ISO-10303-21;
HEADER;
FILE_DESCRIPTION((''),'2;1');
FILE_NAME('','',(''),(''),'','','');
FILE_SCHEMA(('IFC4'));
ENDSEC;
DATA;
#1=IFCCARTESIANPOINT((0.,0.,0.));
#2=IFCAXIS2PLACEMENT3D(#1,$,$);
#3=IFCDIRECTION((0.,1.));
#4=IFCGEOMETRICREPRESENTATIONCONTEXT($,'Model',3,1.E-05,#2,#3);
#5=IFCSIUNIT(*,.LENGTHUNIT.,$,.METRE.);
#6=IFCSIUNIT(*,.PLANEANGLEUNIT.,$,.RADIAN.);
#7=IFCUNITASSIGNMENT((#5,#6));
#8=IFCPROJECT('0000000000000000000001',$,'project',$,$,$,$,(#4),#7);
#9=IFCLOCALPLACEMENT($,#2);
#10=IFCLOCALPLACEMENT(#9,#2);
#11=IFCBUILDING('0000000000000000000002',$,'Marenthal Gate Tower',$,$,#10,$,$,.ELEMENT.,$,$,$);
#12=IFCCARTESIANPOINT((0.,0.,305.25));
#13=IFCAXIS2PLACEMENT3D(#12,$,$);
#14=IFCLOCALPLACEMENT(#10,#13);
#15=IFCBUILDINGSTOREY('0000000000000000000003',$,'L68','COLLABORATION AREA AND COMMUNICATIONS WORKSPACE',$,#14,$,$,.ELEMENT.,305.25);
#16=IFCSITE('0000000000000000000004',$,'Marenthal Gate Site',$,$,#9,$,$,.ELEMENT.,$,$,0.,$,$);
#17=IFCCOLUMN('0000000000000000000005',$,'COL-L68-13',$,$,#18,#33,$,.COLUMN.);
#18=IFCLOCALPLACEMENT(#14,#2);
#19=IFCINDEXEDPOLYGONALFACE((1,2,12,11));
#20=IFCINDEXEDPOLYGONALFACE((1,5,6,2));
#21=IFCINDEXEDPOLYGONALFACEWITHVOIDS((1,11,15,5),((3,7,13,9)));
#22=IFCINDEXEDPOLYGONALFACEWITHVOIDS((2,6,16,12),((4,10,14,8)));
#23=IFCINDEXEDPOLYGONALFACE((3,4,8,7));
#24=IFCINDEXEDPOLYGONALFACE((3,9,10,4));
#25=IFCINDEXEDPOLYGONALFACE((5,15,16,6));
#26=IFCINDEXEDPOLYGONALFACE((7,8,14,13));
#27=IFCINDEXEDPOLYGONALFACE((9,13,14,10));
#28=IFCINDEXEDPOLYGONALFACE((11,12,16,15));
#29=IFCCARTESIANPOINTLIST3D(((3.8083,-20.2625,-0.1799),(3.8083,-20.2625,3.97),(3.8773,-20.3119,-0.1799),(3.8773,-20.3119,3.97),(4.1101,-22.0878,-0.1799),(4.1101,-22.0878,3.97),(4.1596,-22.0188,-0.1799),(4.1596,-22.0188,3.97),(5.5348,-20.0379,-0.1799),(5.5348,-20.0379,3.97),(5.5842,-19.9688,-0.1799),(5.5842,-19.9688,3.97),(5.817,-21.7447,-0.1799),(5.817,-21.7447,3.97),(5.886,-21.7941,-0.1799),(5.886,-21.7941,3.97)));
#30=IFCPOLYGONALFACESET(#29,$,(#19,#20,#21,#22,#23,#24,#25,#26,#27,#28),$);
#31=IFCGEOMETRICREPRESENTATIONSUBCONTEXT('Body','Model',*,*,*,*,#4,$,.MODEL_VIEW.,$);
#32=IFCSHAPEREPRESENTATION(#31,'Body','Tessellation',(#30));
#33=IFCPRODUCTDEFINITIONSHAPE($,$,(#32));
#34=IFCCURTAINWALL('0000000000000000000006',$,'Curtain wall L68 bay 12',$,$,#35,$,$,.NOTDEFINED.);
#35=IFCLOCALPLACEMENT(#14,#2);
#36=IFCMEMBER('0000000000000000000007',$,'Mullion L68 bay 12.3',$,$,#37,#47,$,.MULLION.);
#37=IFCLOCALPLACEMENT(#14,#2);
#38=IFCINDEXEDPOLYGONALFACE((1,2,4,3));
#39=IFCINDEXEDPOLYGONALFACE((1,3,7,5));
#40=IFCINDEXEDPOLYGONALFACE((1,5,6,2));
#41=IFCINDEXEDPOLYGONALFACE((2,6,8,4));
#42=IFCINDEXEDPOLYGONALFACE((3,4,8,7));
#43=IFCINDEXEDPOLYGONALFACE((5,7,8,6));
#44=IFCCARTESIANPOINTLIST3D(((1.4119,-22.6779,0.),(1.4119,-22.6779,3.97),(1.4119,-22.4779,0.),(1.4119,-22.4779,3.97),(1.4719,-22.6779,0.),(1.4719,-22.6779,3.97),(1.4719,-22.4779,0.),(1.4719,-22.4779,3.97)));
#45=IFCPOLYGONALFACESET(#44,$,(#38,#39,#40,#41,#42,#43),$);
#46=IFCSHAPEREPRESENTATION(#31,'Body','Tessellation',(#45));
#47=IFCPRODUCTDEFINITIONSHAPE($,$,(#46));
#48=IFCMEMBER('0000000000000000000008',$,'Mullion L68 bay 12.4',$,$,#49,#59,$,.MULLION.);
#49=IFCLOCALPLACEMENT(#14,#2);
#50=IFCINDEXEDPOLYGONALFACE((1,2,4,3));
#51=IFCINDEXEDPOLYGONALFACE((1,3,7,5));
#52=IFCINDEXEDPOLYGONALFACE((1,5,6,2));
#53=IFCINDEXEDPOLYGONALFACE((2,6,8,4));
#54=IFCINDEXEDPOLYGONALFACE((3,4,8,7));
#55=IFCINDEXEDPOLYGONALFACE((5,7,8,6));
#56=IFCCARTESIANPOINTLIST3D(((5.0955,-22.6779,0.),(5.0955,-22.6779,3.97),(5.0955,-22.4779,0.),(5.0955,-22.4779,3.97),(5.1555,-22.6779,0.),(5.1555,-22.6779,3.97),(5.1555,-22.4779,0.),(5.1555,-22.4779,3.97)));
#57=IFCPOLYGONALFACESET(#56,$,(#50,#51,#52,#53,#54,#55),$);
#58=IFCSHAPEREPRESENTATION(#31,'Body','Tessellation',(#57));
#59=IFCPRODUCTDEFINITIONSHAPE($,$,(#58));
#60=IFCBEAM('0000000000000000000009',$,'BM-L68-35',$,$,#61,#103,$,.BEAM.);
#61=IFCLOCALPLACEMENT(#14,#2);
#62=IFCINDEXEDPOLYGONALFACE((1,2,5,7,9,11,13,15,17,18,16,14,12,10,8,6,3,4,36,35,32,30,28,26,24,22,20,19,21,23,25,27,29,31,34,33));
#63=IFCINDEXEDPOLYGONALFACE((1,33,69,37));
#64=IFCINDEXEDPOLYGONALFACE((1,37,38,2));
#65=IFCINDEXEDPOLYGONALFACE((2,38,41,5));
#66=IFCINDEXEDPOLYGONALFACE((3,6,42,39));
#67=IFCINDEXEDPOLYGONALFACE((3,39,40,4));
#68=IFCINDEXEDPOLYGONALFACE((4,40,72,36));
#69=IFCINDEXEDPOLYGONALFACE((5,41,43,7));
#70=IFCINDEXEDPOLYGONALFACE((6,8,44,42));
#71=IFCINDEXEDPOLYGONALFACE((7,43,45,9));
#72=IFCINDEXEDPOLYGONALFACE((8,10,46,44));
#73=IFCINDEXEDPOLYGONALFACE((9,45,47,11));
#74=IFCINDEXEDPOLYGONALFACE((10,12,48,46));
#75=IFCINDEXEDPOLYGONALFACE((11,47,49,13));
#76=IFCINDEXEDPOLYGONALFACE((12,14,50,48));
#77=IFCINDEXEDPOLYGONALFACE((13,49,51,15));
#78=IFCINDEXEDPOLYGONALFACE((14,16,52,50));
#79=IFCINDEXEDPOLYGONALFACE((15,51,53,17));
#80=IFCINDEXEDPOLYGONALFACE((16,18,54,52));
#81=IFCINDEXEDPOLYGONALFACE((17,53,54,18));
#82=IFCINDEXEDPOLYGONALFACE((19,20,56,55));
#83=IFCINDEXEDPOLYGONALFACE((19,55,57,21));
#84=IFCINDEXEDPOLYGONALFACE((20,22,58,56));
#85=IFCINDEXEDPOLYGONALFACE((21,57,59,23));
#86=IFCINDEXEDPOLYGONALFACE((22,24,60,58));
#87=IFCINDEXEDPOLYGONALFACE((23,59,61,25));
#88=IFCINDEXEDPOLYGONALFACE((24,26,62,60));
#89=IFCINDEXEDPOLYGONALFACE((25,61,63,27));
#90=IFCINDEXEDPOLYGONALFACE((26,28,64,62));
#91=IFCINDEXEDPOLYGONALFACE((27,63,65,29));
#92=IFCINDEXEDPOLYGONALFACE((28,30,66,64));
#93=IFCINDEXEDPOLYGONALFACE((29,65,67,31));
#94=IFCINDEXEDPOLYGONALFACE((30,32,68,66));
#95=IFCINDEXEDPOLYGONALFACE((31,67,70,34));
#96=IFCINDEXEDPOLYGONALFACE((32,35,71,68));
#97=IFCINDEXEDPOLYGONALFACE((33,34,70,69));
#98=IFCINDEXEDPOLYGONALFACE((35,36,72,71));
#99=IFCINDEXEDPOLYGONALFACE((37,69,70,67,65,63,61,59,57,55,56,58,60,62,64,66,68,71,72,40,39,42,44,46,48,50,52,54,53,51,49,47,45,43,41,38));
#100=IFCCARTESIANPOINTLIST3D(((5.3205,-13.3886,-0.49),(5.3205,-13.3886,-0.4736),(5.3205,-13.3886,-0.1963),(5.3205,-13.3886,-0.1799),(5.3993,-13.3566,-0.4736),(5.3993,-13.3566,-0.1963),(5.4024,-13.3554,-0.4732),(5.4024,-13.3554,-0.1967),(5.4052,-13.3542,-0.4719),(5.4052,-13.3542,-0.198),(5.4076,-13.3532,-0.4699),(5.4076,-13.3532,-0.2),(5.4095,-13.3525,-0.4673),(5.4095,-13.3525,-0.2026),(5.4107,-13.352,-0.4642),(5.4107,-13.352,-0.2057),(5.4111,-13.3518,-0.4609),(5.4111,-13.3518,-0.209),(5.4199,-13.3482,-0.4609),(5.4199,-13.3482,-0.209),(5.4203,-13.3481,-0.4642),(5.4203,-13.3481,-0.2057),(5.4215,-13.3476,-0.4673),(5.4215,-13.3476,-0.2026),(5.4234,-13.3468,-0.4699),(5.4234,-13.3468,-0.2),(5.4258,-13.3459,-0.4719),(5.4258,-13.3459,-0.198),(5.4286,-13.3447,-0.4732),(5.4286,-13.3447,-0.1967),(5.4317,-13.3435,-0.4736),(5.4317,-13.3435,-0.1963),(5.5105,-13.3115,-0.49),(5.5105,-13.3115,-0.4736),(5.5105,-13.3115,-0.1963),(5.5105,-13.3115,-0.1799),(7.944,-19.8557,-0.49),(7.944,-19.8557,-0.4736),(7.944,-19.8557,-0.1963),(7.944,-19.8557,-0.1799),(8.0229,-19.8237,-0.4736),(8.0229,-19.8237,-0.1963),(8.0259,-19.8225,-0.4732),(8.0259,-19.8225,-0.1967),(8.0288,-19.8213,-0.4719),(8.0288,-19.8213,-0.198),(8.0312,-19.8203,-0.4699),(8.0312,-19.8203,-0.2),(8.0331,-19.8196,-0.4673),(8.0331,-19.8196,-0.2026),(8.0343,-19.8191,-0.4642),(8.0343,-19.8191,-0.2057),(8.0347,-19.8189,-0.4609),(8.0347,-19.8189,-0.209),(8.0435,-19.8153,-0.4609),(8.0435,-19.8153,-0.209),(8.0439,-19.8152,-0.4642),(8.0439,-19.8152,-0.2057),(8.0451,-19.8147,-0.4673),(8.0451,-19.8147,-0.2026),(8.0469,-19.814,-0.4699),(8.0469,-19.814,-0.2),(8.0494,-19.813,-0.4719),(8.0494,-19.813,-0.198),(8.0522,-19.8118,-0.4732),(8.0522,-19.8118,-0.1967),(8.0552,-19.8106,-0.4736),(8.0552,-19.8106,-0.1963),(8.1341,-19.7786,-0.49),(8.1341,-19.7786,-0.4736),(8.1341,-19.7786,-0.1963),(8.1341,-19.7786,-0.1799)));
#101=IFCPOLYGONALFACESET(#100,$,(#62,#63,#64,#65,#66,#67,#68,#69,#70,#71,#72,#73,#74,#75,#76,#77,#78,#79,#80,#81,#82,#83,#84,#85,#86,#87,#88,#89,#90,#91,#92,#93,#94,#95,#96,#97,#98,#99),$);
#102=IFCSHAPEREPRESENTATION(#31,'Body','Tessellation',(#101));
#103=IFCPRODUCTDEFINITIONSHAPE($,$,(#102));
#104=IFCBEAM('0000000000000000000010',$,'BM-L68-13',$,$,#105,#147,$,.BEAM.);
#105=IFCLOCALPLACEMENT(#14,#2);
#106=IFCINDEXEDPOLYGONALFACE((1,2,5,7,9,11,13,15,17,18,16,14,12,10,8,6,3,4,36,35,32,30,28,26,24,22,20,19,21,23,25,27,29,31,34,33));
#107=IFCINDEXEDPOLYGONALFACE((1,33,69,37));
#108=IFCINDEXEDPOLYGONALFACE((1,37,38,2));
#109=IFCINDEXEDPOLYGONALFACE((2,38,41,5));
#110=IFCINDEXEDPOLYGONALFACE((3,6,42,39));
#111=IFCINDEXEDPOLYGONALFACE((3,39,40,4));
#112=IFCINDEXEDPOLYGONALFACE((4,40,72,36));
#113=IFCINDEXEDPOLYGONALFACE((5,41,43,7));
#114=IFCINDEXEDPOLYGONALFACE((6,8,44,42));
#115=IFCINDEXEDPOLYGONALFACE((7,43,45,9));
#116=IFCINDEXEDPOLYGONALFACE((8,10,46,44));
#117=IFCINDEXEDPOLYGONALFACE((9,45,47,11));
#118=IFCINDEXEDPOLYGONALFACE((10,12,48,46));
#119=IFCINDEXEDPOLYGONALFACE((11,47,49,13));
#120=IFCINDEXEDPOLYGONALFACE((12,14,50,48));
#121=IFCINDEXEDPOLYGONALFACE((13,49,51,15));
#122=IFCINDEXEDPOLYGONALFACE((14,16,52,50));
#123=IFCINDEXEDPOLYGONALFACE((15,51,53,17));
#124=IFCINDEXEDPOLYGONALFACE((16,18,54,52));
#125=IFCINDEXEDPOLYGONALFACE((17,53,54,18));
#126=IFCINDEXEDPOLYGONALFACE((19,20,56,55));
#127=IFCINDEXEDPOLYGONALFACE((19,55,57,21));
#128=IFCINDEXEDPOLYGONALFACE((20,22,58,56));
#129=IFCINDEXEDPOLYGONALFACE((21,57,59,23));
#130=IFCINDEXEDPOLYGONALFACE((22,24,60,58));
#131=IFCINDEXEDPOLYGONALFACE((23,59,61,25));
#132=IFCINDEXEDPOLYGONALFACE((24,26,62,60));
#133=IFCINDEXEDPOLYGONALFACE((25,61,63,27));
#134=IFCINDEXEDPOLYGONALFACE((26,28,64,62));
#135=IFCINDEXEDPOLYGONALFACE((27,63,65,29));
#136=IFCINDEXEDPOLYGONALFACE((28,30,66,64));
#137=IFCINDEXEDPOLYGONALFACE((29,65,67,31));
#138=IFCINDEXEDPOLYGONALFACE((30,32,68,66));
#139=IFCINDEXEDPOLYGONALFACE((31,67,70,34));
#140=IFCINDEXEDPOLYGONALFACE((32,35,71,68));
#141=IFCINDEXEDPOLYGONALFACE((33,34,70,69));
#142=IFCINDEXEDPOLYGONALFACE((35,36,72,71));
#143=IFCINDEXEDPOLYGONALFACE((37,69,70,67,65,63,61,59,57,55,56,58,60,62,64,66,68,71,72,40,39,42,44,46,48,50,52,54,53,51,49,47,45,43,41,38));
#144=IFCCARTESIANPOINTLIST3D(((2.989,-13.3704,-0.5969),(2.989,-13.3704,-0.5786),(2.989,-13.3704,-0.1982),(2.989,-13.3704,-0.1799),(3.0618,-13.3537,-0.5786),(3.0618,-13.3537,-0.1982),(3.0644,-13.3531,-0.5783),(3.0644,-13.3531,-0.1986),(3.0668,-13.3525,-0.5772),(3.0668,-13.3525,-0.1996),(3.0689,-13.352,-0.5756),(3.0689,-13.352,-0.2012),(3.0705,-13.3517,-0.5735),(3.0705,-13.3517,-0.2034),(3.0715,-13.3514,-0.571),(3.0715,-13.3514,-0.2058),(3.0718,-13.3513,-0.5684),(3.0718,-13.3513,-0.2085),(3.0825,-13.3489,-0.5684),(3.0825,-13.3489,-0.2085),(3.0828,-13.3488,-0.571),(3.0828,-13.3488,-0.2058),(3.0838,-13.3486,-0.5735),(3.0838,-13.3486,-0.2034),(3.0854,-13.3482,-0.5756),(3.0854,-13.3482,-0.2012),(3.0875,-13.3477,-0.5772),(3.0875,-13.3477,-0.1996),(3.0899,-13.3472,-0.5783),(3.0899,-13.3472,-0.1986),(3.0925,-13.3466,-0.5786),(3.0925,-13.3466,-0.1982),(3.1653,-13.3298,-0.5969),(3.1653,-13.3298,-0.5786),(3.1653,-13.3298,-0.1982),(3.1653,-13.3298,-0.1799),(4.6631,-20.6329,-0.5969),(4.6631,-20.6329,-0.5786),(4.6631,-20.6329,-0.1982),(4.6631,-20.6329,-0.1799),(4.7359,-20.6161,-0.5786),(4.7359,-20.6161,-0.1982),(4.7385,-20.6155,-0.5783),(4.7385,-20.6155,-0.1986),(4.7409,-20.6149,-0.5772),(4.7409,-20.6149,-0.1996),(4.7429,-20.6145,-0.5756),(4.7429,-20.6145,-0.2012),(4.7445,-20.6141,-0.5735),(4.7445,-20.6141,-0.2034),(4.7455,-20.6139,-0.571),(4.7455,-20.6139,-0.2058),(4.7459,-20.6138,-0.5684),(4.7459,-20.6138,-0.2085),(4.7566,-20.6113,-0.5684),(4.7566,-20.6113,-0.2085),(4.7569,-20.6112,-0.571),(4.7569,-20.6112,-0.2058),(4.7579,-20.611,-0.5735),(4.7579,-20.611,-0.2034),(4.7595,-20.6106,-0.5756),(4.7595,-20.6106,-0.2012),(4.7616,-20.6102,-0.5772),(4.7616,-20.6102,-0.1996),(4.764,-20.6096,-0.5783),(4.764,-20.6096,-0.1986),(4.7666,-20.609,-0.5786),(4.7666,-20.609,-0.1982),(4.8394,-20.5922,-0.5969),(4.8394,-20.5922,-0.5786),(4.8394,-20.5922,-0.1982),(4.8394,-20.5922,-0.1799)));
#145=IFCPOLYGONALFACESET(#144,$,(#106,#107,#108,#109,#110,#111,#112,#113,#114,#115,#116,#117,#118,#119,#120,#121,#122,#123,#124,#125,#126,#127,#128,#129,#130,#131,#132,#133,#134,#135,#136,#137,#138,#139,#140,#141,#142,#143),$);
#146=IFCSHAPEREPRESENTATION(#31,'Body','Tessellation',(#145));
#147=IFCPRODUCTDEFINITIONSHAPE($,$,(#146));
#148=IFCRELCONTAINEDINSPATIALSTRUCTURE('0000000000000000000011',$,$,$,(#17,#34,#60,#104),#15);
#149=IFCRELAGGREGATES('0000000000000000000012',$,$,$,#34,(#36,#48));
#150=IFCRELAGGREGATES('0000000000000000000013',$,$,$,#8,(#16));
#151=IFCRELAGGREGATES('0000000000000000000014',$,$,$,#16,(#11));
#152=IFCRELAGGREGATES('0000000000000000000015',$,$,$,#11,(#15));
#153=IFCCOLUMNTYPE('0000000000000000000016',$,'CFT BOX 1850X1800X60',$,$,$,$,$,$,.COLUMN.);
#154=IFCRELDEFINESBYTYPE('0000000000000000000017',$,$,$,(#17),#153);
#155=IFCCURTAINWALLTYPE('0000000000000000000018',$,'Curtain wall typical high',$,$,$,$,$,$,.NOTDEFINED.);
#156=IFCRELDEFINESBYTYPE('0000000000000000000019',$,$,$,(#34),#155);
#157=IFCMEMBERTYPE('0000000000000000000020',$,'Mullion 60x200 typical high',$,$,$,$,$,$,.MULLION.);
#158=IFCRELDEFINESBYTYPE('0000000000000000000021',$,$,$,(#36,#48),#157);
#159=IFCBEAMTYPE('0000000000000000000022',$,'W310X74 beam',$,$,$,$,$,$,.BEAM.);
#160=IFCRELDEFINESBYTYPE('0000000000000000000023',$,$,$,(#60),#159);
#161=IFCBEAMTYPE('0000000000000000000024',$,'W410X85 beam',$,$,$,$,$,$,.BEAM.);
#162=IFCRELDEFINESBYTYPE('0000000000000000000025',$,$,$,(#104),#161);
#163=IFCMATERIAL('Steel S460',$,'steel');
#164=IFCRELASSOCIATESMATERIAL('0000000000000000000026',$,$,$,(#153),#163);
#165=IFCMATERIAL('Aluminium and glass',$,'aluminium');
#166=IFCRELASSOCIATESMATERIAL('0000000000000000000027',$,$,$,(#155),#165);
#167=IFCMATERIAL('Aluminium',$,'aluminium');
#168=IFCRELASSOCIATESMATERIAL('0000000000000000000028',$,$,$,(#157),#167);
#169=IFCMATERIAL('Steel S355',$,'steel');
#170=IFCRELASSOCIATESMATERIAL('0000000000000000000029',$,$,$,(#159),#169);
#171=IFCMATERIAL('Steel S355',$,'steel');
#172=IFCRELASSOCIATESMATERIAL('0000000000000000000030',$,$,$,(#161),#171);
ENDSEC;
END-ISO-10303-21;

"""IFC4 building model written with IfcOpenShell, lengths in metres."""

from ifc_helpers import new_model, si_unit, direction, frame, origin, origin_2d, place, context, subcontext, project, spatial, rectangle, hollow_rectangle, i_section, extrude, material, material_profile, profile_set, type_object, element, aggregate, save


model = new_model("IFC4")

# Units and contexts
model_context = context("Model", 3, precision=1e-05, world=origin(), true_north=direction((0.0, 1.0)))
body_context = subcontext(model_context, "Body", "Model", "MODEL_VIEW")
ifc_project = project(units=[si_unit("LENGTHUNIT", "METRE"), si_unit("PLANEANGLEUNIT", "RADIAN")], contexts=[model_context])

# Site, building, storey
site_placement = place(None, origin())
site = spatial("IfcSite", under=ifc_project, at=site_placement, Name="Marenthal Gate Site", CompositionType="ELEMENT", RefElevation=0.0)
building_placement = place(site_placement, origin())
building = spatial("IfcBuilding", under=site, at=building_placement, Name="Marenthal Gate Tower", CompositionType="ELEMENT")
storey_placement = place(building_placement, frame((0.0, 0.0, 305.25)))
storey = spatial("IfcBuildingStorey", under=building, at=storey_placement, Name="L68", Description="COLLABORATION AREA AND COMMUNICATIONS WORKSPACE", CompositionType="ELEMENT", Elevation=305.25)

# Column
ifc_material_1 = material(Name="Steel S460", Category="steel")
ifc_material_profile_1 = material_profile(ifc_material_1, hollow_rectangle(XDim=1.8, YDim=1.8501, WallThickness=0.0601, at=origin_2d()), Name="CFT BOX 1850X1800X60")
ifc_material_2 = material(Name="Concrete 70 MPa", Category="concrete")
ifc_material_profile_2 = material_profile(ifc_material_2, rectangle(XDim=1.6799, YDim=1.73, at=origin_2d()), Name="CFT BOX 1850X1800X60 INFILL")
ifc_profile_set_1 = profile_set([ifc_material_profile_1, ifc_material_profile_2], Name="Steel S460 shell, Concrete 70 MPa infill")
column_type = type_object("IfcColumnType", Name="CFT BOX 1850X1800X60", PredefinedType="COLUMN", material=ifc_profile_set_1)
column_placement = place(storey_placement, frame((4.8472, -21.0283, -0.1799), z_axis=(0.0, 0.0, 1.0), x_axis=(-0.986603, -0.163137, 0.0)))
element("IfcColumn", 1, at=column_placement, inside=storey, type_object=column_type, Name="COL-L68-13", PredefinedType="COLUMN", context=body_context, shape_type="SweptSolid", body=[
    extrude(hollow_rectangle(XDim=1.8, YDim=1.8501, WallThickness=0.0601, at=origin_2d()), origin(), (0.0, 0.0, 1.0), 4.1499),
])

# Curtain wall, members
ifc_material_3 = material(Name="Aluminium and glass", Category="aluminium")
curtain_wall_type = type_object("IfcCurtainWallType", Name="Curtain wall typical high", PredefinedType="NOTDEFINED", material=ifc_material_3)
curtain_wall_placement = place(storey_placement, origin())
curtain_wall = element("IfcCurtainWall", 2, at=curtain_wall_placement, inside=storey, type_object=curtain_wall_type, Name="Curtain wall L68 bay 12", PredefinedType="NOTDEFINED")
ifc_material_4 = material(Name="Aluminium", Category="aluminium")
ifc_material_profile_3 = material_profile(ifc_material_4, rectangle(XDim=0.2, YDim=0.0601, at=origin_2d()), Name="60x200 aluminium mullion")
ifc_profile_set_2 = profile_set([ifc_material_profile_3], Name="Aluminium")
member_type = type_object("IfcMemberType", Name="Mullion 60x200 typical high", PredefinedType="MULLION", material=ifc_profile_set_2)
member_1_placement = place(storey_placement, frame((1.4419, -22.5779, 0.0), z_axis=(0.0, 0.0, 1.0), x_axis=(0.0, 1.0, 0.0)))
member_1 = element("IfcMember", 3, at=member_1_placement, type_object=member_type, Name="Mullion L68 bay 12.3", PredefinedType="MULLION", context=body_context, shape_type="SweptSolid", body=[
    extrude(rectangle(XDim=0.2, YDim=0.0601, at=origin_2d()), origin(), (0.0, 0.0, 1.0), 3.97),
])
member_2_placement = place(storey_placement, frame((5.1255, -22.5779, 0.0), z_axis=(0.0, 0.0, 1.0), x_axis=(0.0, 1.0, 0.0)))
member_2 = element("IfcMember", 4, at=member_2_placement, type_object=member_type, Name="Mullion L68 bay 12.4", PredefinedType="MULLION", context=body_context, shape_type="SweptSolid", body=[
    extrude(rectangle(XDim=0.2, YDim=0.0601, at=origin_2d()), origin(), (0.0, 0.0, 1.0), 3.97),
])

# Beams
ifc_material_5 = material(Name="Steel S355", Category="steel")
ifc_material_profile_4 = material_profile(ifc_material_5, i_section(OverallWidth=0.2051, OverallDepth=0.3101, WebThickness=0.0095, FlangeThickness=0.0164, FilletRadius=0.0127, at=origin_2d()), Name="W310X74")
ifc_profile_set_3 = profile_set([ifc_material_profile_4], Name="Steel S355")
beam_type_1 = type_object("IfcBeamType", Name="W310X74 beam", PredefinedType="BEAM", material=ifc_profile_set_3)
beam_1_placement = place(storey_placement, frame((8.0391, -19.8171, -0.335), z_axis=(-0.375922, 0.926651, 0.0), x_axis=(-0.926651, -0.375922, 0.0)))
element("IfcBeam", 5, at=beam_1_placement, inside=storey, type_object=beam_type_1, Name="BM-L68-35", PredefinedType="BEAM", context=body_context, shape_type="SweptSolid", body=[
    extrude(i_section(OverallWidth=0.2051, OverallDepth=0.3101, WebThickness=0.0095, FlangeThickness=0.0164, FilletRadius=0.0127, at=origin_2d()), origin(), (0.0, 0.0, 1.0), 6.979),
])
ifc_material_6 = material(Name="Steel S355", Category="steel")
ifc_material_profile_5 = material_profile(ifc_material_6, i_section(OverallWidth=0.1809, OverallDepth=0.417, WebThickness=0.011, FlangeThickness=0.0183, FilletRadius=0.0103, at=origin_2d()), Name="W410X85")
ifc_profile_set_4 = profile_set([ifc_material_profile_5], Name="Steel S355")
beam_type_2 = type_object("IfcBeamType", Name="W410X85 beam", PredefinedType="BEAM", material=ifc_profile_set_4)
beam_2_placement = place(storey_placement, frame((4.7512, -20.6125, -0.3884), z_axis=(-0.22462, 0.974446, 0.0), x_axis=(-0.974446, -0.22462, 0.0)))
element("IfcBeam", 6, at=beam_2_placement, inside=storey, type_object=beam_type_2, Name="BM-L68-13", PredefinedType="BEAM", context=body_context, shape_type="SweptSolid", body=[
    extrude(i_section(OverallWidth=0.1809, OverallDepth=0.417, WebThickness=0.011, FlangeThickness=0.0183, FilletRadius=0.0103, at=origin_2d()), origin(), (0.0, 0.0, 1.0), 7.4529),
])

aggregate(curtain_wall, [member_1, member_2])

save(model, "model.ifc")
